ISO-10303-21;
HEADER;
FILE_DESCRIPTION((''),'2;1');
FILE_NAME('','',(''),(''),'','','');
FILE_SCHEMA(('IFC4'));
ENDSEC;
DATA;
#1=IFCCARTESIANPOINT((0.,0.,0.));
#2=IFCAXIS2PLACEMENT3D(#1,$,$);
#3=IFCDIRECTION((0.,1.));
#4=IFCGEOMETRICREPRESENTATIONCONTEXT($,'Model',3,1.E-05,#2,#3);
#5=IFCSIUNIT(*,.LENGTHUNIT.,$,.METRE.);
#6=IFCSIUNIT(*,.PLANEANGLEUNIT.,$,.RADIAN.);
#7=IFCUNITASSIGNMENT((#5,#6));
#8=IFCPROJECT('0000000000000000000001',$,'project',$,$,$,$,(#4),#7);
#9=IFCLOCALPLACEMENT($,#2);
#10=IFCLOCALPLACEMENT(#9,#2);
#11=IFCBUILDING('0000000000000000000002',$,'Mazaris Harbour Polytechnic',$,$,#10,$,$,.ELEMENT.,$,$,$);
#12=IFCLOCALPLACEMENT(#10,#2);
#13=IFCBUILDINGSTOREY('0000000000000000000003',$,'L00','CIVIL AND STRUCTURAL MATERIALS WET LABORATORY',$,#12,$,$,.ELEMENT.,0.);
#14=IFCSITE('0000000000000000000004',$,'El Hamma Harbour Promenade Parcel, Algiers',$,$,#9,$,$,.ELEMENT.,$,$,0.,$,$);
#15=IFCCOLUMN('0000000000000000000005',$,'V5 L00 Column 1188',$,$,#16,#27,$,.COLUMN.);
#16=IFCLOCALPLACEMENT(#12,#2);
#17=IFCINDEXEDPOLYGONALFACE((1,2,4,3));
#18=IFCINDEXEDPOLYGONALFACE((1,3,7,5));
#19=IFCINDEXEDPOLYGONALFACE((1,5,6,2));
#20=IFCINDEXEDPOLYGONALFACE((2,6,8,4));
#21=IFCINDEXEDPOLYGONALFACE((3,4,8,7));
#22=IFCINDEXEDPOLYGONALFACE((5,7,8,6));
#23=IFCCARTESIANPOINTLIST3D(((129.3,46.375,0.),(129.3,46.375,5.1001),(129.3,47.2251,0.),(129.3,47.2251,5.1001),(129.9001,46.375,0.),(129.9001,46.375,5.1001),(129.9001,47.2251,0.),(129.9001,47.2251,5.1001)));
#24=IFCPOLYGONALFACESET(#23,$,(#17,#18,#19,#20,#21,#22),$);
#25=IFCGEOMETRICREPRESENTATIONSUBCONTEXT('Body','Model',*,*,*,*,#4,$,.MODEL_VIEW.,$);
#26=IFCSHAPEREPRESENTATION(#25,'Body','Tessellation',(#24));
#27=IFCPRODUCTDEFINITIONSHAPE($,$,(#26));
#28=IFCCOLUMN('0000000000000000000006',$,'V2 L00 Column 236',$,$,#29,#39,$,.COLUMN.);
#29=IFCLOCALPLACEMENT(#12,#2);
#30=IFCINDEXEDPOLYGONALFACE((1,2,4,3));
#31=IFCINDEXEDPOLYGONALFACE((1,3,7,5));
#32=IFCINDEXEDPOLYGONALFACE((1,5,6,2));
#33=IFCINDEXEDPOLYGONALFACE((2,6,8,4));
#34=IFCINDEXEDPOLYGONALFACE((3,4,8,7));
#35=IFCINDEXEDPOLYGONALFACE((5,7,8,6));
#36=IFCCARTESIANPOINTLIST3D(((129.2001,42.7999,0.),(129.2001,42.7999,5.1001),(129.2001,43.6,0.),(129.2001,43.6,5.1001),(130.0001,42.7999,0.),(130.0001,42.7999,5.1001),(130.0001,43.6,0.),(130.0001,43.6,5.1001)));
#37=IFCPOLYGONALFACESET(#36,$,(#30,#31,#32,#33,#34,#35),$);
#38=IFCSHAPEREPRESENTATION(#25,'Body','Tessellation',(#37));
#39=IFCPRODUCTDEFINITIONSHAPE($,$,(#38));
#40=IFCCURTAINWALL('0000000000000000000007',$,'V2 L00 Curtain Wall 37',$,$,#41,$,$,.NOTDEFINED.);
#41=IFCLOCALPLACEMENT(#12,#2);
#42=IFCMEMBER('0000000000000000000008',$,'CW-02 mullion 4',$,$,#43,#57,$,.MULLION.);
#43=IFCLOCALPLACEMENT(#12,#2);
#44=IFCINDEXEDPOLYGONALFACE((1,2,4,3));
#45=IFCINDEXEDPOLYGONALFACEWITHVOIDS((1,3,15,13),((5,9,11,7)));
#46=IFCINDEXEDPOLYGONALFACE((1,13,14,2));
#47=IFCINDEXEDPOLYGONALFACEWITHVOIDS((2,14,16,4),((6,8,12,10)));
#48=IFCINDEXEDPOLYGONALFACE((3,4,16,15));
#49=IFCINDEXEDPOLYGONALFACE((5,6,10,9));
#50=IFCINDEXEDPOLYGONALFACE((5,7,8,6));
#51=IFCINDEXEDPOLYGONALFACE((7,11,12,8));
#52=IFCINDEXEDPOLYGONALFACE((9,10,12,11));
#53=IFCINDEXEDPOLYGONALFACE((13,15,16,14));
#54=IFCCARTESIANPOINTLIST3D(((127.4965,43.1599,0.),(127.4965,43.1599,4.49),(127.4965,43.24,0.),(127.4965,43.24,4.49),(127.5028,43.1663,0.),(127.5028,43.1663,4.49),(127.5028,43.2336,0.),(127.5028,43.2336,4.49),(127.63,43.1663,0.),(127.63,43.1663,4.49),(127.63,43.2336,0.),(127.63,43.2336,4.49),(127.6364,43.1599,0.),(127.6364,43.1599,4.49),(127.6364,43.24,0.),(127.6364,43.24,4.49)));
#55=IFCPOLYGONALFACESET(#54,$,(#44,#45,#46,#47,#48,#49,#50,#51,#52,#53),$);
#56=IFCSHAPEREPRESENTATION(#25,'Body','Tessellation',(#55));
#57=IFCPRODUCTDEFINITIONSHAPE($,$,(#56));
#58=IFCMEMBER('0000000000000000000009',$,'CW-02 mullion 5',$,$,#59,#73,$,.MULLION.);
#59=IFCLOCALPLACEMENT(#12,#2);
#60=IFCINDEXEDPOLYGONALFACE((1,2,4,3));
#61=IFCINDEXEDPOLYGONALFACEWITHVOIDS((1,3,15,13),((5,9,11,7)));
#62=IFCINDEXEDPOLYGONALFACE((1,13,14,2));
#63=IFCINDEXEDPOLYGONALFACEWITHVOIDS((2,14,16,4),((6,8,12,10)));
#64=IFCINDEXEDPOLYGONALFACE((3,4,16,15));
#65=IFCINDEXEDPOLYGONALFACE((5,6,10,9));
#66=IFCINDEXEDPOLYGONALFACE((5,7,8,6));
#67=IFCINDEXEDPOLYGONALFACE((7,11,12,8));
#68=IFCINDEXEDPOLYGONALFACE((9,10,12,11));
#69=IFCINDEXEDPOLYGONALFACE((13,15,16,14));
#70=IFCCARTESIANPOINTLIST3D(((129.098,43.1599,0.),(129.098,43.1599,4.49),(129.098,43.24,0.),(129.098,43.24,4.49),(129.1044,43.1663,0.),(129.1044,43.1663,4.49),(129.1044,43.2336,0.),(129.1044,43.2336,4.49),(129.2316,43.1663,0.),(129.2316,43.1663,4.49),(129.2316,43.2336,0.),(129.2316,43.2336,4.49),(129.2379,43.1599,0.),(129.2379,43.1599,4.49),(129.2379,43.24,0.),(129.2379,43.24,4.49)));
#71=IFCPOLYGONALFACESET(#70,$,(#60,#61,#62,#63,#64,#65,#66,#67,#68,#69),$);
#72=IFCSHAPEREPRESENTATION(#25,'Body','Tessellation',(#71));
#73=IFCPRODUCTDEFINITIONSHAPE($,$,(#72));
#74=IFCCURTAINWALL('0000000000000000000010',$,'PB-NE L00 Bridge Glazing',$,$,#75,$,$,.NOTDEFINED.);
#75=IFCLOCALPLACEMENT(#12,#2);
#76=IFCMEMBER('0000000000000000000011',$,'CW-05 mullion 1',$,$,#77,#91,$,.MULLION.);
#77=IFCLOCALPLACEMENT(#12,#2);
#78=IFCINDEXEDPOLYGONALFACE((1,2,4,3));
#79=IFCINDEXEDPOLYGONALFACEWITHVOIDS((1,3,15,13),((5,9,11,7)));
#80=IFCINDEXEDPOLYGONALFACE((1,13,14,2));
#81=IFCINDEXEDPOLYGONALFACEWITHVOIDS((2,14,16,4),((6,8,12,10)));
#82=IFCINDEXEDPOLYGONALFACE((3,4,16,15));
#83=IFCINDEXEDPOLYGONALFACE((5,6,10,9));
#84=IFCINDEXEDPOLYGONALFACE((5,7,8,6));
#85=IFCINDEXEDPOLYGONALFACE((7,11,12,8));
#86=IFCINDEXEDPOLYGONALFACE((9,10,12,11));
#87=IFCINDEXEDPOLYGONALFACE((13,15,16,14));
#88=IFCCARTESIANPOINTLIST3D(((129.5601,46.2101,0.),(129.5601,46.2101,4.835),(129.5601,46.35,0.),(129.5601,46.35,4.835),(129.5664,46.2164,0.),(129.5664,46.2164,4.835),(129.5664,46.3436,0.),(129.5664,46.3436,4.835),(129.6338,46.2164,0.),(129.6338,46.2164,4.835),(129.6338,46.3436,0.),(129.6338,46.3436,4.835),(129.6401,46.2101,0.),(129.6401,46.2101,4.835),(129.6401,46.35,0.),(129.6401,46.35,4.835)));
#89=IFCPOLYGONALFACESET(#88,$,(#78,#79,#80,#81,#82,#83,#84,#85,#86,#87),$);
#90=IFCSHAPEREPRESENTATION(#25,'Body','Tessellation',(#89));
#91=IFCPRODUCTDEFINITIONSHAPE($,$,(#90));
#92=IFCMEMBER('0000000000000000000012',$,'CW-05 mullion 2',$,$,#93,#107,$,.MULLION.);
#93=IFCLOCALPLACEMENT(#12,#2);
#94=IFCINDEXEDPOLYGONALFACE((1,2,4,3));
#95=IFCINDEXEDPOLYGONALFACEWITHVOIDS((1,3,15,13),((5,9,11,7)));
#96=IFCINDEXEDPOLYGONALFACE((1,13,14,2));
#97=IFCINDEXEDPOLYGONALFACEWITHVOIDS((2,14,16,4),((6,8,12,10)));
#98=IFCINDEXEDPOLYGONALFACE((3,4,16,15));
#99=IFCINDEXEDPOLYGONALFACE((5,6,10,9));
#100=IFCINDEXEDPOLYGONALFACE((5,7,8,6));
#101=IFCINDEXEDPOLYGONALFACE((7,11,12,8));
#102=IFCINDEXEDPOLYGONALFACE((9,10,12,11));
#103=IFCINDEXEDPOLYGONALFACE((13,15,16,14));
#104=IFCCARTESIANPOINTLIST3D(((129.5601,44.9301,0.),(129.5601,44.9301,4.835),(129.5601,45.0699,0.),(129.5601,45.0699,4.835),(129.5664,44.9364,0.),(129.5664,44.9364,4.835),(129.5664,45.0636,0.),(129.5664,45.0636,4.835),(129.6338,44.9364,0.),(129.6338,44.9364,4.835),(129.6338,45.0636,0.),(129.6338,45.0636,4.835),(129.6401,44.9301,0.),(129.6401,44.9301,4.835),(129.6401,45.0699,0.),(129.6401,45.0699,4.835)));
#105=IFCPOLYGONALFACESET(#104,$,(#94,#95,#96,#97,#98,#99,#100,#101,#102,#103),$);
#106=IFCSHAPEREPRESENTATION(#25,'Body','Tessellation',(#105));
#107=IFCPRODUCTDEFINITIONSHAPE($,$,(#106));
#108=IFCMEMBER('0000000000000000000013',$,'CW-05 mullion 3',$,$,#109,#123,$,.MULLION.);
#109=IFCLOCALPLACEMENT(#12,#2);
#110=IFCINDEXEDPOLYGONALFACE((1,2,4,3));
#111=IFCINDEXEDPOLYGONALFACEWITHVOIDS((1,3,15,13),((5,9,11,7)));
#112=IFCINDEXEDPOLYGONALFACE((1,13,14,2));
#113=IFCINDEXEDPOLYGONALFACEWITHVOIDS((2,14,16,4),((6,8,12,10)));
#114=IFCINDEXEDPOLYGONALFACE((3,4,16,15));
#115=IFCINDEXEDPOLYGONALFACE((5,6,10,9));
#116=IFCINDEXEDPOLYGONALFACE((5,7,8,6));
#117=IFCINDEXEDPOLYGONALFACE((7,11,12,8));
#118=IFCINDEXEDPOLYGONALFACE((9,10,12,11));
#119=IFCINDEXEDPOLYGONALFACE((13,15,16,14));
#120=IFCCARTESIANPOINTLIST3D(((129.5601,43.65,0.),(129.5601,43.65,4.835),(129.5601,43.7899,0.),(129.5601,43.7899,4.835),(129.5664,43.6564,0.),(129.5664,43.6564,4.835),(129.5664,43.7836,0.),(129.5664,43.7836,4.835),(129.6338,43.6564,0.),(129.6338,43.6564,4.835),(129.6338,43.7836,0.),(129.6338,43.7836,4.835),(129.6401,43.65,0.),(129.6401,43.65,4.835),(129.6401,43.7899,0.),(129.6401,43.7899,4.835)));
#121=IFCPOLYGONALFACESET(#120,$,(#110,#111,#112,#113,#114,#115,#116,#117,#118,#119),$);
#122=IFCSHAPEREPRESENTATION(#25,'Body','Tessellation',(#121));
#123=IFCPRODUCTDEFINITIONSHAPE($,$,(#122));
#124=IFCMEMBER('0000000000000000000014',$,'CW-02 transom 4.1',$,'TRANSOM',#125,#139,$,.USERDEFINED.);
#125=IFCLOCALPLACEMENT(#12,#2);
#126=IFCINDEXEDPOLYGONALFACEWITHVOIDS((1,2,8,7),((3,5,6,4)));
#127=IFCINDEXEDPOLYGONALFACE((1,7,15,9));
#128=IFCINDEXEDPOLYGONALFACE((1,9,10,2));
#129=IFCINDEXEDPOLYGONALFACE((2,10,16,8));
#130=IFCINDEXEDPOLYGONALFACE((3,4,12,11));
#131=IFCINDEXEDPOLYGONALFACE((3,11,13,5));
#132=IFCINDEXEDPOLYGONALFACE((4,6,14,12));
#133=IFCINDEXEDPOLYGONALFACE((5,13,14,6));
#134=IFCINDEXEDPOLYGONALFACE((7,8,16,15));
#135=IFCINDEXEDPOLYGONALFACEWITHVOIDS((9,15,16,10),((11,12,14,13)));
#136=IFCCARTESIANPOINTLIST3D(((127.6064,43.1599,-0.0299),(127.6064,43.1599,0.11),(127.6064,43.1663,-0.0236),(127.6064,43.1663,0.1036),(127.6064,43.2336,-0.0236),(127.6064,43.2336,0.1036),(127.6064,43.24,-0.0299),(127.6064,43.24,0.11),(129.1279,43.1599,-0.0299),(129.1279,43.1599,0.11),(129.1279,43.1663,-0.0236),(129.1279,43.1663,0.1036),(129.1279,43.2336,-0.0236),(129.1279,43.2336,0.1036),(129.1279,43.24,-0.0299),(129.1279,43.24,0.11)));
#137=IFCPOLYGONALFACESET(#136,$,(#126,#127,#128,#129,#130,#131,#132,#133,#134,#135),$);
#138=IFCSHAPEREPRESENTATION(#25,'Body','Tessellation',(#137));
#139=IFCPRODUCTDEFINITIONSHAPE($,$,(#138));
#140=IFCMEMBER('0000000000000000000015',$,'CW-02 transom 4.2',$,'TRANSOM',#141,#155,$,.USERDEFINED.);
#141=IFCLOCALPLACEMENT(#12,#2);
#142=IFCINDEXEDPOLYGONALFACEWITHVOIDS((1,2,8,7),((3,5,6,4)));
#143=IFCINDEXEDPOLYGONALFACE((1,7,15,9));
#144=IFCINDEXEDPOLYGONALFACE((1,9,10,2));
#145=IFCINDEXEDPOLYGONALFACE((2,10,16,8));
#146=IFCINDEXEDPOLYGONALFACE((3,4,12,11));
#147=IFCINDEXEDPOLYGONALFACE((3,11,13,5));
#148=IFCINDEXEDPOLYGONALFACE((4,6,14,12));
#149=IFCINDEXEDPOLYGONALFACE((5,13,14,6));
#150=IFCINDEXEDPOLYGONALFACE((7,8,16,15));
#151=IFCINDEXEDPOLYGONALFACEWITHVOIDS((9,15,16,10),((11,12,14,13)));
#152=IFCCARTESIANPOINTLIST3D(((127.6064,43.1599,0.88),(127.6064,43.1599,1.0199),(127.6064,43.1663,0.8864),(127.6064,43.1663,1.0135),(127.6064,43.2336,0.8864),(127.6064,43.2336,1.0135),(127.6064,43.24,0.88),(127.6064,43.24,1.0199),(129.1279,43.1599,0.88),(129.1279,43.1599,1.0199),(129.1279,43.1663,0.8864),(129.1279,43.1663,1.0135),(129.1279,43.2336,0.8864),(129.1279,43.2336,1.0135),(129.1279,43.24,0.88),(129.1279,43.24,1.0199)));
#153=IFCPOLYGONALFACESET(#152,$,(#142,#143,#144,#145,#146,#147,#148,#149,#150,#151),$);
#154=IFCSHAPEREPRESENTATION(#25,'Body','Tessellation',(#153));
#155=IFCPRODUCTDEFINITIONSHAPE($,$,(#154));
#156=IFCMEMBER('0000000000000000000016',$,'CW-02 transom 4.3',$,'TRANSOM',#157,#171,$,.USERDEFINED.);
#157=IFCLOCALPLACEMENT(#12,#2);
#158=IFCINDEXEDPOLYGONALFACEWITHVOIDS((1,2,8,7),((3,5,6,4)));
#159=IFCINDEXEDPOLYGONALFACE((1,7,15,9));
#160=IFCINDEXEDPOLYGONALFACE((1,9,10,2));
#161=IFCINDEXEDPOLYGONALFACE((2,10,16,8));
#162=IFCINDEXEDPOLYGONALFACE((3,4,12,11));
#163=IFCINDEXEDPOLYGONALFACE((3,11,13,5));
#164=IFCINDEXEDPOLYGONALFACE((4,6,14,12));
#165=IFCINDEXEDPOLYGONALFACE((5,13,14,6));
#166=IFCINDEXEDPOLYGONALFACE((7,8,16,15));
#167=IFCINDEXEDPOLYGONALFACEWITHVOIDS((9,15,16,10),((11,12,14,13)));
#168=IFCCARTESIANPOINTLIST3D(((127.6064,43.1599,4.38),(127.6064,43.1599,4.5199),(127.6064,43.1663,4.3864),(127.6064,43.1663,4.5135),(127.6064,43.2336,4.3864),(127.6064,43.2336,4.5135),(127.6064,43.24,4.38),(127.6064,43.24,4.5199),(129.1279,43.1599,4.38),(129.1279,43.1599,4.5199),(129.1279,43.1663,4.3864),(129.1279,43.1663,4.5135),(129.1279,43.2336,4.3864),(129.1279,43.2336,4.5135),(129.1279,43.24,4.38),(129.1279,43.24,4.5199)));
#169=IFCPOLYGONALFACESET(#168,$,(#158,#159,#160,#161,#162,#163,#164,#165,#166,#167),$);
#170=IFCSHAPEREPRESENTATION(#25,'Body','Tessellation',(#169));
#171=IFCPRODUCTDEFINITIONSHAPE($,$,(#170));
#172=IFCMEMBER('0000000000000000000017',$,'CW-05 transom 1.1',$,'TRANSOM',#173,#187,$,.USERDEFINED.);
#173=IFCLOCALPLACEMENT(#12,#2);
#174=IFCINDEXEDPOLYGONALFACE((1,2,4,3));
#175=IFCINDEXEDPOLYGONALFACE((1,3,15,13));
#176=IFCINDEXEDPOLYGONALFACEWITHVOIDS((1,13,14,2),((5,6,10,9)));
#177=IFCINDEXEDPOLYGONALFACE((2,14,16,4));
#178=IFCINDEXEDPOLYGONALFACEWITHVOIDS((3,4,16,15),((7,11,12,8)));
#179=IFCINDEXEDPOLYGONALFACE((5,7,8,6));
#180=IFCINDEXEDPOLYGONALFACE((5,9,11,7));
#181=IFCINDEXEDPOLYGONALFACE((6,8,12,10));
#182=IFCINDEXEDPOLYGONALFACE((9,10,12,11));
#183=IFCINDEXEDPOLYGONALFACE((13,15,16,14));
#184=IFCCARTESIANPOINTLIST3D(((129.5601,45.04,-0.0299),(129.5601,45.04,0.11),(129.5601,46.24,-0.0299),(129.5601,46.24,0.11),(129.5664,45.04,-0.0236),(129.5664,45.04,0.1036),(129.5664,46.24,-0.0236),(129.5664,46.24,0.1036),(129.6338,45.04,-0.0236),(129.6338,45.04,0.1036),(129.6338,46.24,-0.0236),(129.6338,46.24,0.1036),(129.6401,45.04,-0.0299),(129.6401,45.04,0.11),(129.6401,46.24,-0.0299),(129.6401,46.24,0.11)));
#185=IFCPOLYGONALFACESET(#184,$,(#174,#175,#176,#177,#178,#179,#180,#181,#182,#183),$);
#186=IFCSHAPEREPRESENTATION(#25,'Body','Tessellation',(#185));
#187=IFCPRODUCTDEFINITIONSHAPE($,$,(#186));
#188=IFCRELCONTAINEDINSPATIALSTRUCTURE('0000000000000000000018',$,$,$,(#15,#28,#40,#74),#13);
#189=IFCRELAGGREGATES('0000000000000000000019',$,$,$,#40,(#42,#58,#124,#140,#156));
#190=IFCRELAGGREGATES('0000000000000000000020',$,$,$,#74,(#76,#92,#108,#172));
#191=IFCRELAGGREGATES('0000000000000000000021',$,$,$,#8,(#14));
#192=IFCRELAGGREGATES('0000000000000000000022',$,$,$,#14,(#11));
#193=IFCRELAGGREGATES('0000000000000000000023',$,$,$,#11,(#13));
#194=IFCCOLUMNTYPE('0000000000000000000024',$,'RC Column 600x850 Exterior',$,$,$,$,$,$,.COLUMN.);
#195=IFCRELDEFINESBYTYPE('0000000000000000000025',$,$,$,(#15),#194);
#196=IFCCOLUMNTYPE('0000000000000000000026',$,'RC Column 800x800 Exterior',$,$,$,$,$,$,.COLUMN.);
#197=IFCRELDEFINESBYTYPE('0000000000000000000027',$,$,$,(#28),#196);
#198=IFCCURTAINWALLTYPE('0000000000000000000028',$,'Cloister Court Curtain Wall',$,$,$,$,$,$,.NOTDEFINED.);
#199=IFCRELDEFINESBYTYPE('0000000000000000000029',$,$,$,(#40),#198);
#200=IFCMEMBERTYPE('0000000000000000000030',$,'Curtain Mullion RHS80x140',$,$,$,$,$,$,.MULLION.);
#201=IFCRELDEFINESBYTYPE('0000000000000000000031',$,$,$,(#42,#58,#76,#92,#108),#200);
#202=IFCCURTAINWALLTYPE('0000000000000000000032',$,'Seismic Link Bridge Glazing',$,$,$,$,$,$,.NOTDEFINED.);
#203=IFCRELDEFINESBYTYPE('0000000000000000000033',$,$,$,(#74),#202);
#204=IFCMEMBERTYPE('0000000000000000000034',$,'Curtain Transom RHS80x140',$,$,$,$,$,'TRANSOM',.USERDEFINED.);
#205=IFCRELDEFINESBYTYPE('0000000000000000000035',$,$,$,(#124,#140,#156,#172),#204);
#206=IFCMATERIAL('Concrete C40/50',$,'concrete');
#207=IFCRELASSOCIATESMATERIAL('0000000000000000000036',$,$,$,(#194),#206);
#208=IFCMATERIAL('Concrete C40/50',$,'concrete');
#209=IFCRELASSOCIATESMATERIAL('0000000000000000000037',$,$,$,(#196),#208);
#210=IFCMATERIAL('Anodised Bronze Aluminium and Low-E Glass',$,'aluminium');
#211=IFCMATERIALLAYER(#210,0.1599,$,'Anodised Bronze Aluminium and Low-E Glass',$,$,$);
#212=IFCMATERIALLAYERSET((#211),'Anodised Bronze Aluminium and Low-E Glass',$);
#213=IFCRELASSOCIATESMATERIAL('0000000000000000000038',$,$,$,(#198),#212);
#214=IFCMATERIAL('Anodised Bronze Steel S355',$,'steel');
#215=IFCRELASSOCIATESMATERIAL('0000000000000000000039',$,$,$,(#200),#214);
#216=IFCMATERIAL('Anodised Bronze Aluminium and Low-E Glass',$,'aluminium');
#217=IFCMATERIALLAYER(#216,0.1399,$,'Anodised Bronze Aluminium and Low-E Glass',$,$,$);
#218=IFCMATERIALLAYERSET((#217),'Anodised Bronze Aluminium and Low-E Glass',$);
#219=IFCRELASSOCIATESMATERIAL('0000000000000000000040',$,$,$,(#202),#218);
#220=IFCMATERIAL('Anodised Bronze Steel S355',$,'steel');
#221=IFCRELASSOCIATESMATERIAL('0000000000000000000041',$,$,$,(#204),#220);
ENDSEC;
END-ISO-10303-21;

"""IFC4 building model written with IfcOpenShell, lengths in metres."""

from ifc_helpers import new_model, si_unit, direction, frame, origin, origin_2d, place, context, subcontext, project, spatial, rectangle, hollow_rectangle, extrude, material, layer, layer_set, material_profile, profile_set, type_object, element, aggregate, save


model = new_model("IFC4")

# Units and contexts
model_context = context("Model", 3, precision=1e-05, world=origin(), true_north=direction((0.0, 1.0)))
body_context = subcontext(model_context, "Body", "Model", "MODEL_VIEW")
ifc_project = project(units=[si_unit("LENGTHUNIT", "METRE"), si_unit("PLANEANGLEUNIT", "RADIAN")], contexts=[model_context])

# Site, building, storey
site_placement = place(None, origin())
site = spatial("IfcSite", under=ifc_project, at=site_placement, Name="El Hamma Harbour Promenade Parcel, Algiers", CompositionType="ELEMENT", RefElevation=0.0)
building_placement = place(site_placement, origin())
building = spatial("IfcBuilding", under=site, at=building_placement, Name="Mazaris Harbour Polytechnic", CompositionType="ELEMENT")
storey_placement = place(building_placement, origin())
storey = spatial("IfcBuildingStorey", under=building, at=storey_placement, Name="L00", Description="CIVIL AND STRUCTURAL MATERIALS WET LABORATORY", CompositionType="ELEMENT", Elevation=0.0)

# Columns
ifc_material_1 = material(Name="Concrete C40/50", Category="concrete")
ifc_material_profile_1 = material_profile(ifc_material_1, rectangle(XDim=0.6001, YDim=0.8501, at=origin_2d()), Name="RECT600x850")
ifc_profile_set_1 = profile_set([ifc_material_profile_1], Name="Concrete C40/50")
column_type_1 = type_object("IfcColumnType", Name="RC Column 600x850 Exterior", PredefinedType="COLUMN", material=ifc_profile_set_1)
column_1_placement = place(storey_placement, frame((129.6001, 46.8, 0.0), z_axis=(0.0, 0.0, 1.0), x_axis=(1.0, 0.0, 0.0)))
element("IfcColumn", 1, at=column_1_placement, inside=storey, type_object=column_type_1, Name="V5 L00 Column 1188", PredefinedType="COLUMN", context=body_context, shape_type="SweptSolid", body=[
    extrude(rectangle(XDim=0.6001, YDim=0.8501, at=origin_2d()), origin(), (0.0, 0.0, 1.0), 5.1001),
])
ifc_material_2 = material(Name="Concrete C40/50", Category="concrete")
ifc_material_profile_2 = material_profile(ifc_material_2, rectangle(XDim=0.8, YDim=0.8, at=origin_2d()), Name="RECT800x800")
ifc_profile_set_2 = profile_set([ifc_material_profile_2], Name="Concrete C40/50")
column_type_2 = type_object("IfcColumnType", Name="RC Column 800x800 Exterior", PredefinedType="COLUMN", material=ifc_profile_set_2)
column_2_placement = place(storey_placement, frame((129.6001, 43.2, 0.0), z_axis=(0.0, 0.0, 1.0), x_axis=(1.0, 0.0, 0.0)))
element("IfcColumn", 2, at=column_2_placement, inside=storey, type_object=column_type_2, Name="V2 L00 Column 236", PredefinedType="COLUMN", context=body_context, shape_type="SweptSolid", body=[
    extrude(rectangle(XDim=0.8, YDim=0.8, at=origin_2d()), origin(), (0.0, 0.0, 1.0), 5.1001),
])

# Curtain walls, members
ifc_material_3 = material(Name="Anodised Bronze Aluminium and Low-E Glass", Category="aluminium")
ifc_layer_1 = layer(ifc_material_3, 0.1599, Name="Anodised Bronze Aluminium and Low-E Glass")
ifc_layer_set_1 = layer_set([ifc_layer_1], Name="Anodised Bronze Aluminium and Low-E Glass")
curtain_wall_type_1 = type_object("IfcCurtainWallType", Name="Cloister Court Curtain Wall", PredefinedType="NOTDEFINED", material=ifc_layer_set_1)
curtain_wall_1_placement = place(storey_placement, origin())
curtain_wall_1 = element("IfcCurtainWall", 3, at=curtain_wall_1_placement, inside=storey, type_object=curtain_wall_type_1, Name="V2 L00 Curtain Wall 37", PredefinedType="NOTDEFINED")
ifc_material_4 = material(Name="Anodised Bronze Steel S355", Category="steel")
ifc_material_profile_3 = material_profile(ifc_material_4, hollow_rectangle(XDim=0.0801, YDim=0.1399, WallThickness=0.0063, at=origin_2d()), Name="RHS 80x140x6.3")
ifc_profile_set_3 = profile_set([ifc_material_profile_3], Name="Anodised Bronze Steel S355")
member_type_1 = type_object("IfcMemberType", Name="Curtain Mullion RHS80x140", PredefinedType="MULLION", material=ifc_profile_set_3)
member_1_placement = place(storey_placement, frame((127.5664, 43.2, 0.0), z_axis=(0.0, 0.0, 1.0), x_axis=(0.0, 1.0, 0.0)))
member_1 = element("IfcMember", 4, at=member_1_placement, type_object=member_type_1, Name="CW-02 mullion 4", PredefinedType="MULLION", context=body_context, shape_type="SweptSolid", body=[
    extrude(hollow_rectangle(XDim=0.0801, YDim=0.1399, WallThickness=0.0063, at=origin_2d()), origin(), (0.0, 0.0, 1.0), 4.49),
])
member_2_placement = place(storey_placement, frame((129.168, 43.2, 0.0), z_axis=(0.0, 0.0, 1.0), x_axis=(0.0, 1.0, 0.0)))
member_2 = element("IfcMember", 5, at=member_2_placement, type_object=member_type_1, Name="CW-02 mullion 5", PredefinedType="MULLION", context=body_context, shape_type="SweptSolid", body=[
    extrude(hollow_rectangle(XDim=0.0801, YDim=0.1399, WallThickness=0.0063, at=origin_2d()), origin(), (0.0, 0.0, 1.0), 4.49),
])
ifc_material_5 = material(Name="Anodised Bronze Aluminium and Low-E Glass", Category="aluminium")
ifc_layer_2 = layer(ifc_material_5, 0.1399, Name="Anodised Bronze Aluminium and Low-E Glass")
ifc_layer_set_2 = layer_set([ifc_layer_2], Name="Anodised Bronze Aluminium and Low-E Glass")
curtain_wall_type_2 = type_object("IfcCurtainWallType", Name="Seismic Link Bridge Glazing", PredefinedType="NOTDEFINED", material=ifc_layer_set_2)
curtain_wall_2_placement = place(storey_placement, origin())
curtain_wall_2 = element("IfcCurtainWall", 6, at=curtain_wall_2_placement, inside=storey, type_object=curtain_wall_type_2, Name="PB-NE L00 Bridge Glazing", PredefinedType="NOTDEFINED")
member_3_placement = place(storey_placement, frame((129.6001, 46.28, 0.0), z_axis=(0.0, 0.0, 1.0), x_axis=(1.0, 0.0, 0.0)))
member_3 = element("IfcMember", 7, at=member_3_placement, type_object=member_type_1, Name="CW-05 mullion 1", PredefinedType="MULLION", context=body_context, shape_type="SweptSolid", body=[
    extrude(hollow_rectangle(XDim=0.0801, YDim=0.1399, WallThickness=0.0063, at=origin_2d()), origin(), (0.0, 0.0, 1.0), 4.835),
])
member_4_placement = place(storey_placement, frame((129.6001, 45.0, 0.0), z_axis=(0.0, 0.0, 1.0), x_axis=(1.0, 0.0, 0.0)))
member_4 = element("IfcMember", 8, at=member_4_placement, type_object=member_type_1, Name="CW-05 mullion 2", PredefinedType="MULLION", context=body_context, shape_type="SweptSolid", body=[
    extrude(hollow_rectangle(XDim=0.0801, YDim=0.1399, WallThickness=0.0063, at=origin_2d()), origin(), (0.0, 0.0, 1.0), 4.835),
])
member_5_placement = place(storey_placement, frame((129.6001, 43.72, 0.0), z_axis=(0.0, 0.0, 1.0), x_axis=(1.0, 0.0, 0.0)))
member_5 = element("IfcMember", 9, at=member_5_placement, type_object=member_type_1, Name="CW-05 mullion 3", PredefinedType="MULLION", context=body_context, shape_type="SweptSolid", body=[
    extrude(hollow_rectangle(XDim=0.0801, YDim=0.1399, WallThickness=0.0063, at=origin_2d()), origin(), (0.0, 0.0, 1.0), 4.835),
])

# Members
ifc_material_6 = material(Name="Anodised Bronze Steel S355", Category="steel")
ifc_material_profile_4 = material_profile(ifc_material_6, hollow_rectangle(XDim=0.0801, YDim=0.1399, WallThickness=0.0063, at=origin_2d()), Name="RHS 80x140x6.3")
ifc_profile_set_4 = profile_set([ifc_material_profile_4], Name="Anodised Bronze Steel S355")
member_type_2 = type_object("IfcMemberType", Name="Curtain Transom RHS80x140", ElementType="TRANSOM", PredefinedType="USERDEFINED", material=ifc_profile_set_4)
member_6_placement = place(storey_placement, frame((127.6064, 43.2, 0.04), z_axis=(1.0, 0.0, 0.0), x_axis=(0.0, 1.0, 0.0)))
member_6 = element("IfcMember", 10, at=member_6_placement, type_object=member_type_2, Name="CW-02 transom 4.1", ObjectType="TRANSOM", PredefinedType="USERDEFINED", context=body_context, shape_type="SweptSolid", body=[
    extrude(hollow_rectangle(XDim=0.0801, YDim=0.1399, WallThickness=0.0063, at=origin_2d()), origin(), (0.0, 0.0, 1.0), 1.5215),
])
member_7_placement = place(storey_placement, frame((127.6064, 43.2, 0.95), z_axis=(1.0, 0.0, 0.0), x_axis=(0.0, 1.0, 0.0)))
member_7 = element("IfcMember", 11, at=member_7_placement, type_object=member_type_2, Name="CW-02 transom 4.2", ObjectType="TRANSOM", PredefinedType="USERDEFINED", context=body_context, shape_type="SweptSolid", body=[
    extrude(hollow_rectangle(XDim=0.0801, YDim=0.1399, WallThickness=0.0063, at=origin_2d()), origin(), (0.0, 0.0, 1.0), 1.5215),
])
member_8_placement = place(storey_placement, frame((127.6064, 43.2, 4.45), z_axis=(1.0, 0.0, 0.0), x_axis=(0.0, 1.0, 0.0)))
member_8 = element("IfcMember", 12, at=member_8_placement, type_object=member_type_2, Name="CW-02 transom 4.3", ObjectType="TRANSOM", PredefinedType="USERDEFINED", context=body_context, shape_type="SweptSolid", body=[
    extrude(hollow_rectangle(XDim=0.0801, YDim=0.1399, WallThickness=0.0063, at=origin_2d()), origin(), (0.0, 0.0, 1.0), 1.5215),
])
member_9_placement = place(storey_placement, frame((129.6001, 46.24, 0.04), z_axis=(0.0, -1.0, 0.0), x_axis=(1.0, 0.0, 0.0)))
member_9 = element("IfcMember", 13, at=member_9_placement, type_object=member_type_2, Name="CW-05 transom 1.1", ObjectType="TRANSOM", PredefinedType="USERDEFINED", context=body_context, shape_type="SweptSolid", body=[
    extrude(hollow_rectangle(XDim=0.0801, YDim=0.1399, WallThickness=0.0063, at=origin_2d()), origin(), (0.0, 0.0, 1.0), 1.2),
])

aggregate(curtain_wall_1, [member_1, member_2, member_6, member_7, member_8])
aggregate(curtain_wall_2, [member_3, member_4, member_5, member_9])

save(model, "model.ifc")
